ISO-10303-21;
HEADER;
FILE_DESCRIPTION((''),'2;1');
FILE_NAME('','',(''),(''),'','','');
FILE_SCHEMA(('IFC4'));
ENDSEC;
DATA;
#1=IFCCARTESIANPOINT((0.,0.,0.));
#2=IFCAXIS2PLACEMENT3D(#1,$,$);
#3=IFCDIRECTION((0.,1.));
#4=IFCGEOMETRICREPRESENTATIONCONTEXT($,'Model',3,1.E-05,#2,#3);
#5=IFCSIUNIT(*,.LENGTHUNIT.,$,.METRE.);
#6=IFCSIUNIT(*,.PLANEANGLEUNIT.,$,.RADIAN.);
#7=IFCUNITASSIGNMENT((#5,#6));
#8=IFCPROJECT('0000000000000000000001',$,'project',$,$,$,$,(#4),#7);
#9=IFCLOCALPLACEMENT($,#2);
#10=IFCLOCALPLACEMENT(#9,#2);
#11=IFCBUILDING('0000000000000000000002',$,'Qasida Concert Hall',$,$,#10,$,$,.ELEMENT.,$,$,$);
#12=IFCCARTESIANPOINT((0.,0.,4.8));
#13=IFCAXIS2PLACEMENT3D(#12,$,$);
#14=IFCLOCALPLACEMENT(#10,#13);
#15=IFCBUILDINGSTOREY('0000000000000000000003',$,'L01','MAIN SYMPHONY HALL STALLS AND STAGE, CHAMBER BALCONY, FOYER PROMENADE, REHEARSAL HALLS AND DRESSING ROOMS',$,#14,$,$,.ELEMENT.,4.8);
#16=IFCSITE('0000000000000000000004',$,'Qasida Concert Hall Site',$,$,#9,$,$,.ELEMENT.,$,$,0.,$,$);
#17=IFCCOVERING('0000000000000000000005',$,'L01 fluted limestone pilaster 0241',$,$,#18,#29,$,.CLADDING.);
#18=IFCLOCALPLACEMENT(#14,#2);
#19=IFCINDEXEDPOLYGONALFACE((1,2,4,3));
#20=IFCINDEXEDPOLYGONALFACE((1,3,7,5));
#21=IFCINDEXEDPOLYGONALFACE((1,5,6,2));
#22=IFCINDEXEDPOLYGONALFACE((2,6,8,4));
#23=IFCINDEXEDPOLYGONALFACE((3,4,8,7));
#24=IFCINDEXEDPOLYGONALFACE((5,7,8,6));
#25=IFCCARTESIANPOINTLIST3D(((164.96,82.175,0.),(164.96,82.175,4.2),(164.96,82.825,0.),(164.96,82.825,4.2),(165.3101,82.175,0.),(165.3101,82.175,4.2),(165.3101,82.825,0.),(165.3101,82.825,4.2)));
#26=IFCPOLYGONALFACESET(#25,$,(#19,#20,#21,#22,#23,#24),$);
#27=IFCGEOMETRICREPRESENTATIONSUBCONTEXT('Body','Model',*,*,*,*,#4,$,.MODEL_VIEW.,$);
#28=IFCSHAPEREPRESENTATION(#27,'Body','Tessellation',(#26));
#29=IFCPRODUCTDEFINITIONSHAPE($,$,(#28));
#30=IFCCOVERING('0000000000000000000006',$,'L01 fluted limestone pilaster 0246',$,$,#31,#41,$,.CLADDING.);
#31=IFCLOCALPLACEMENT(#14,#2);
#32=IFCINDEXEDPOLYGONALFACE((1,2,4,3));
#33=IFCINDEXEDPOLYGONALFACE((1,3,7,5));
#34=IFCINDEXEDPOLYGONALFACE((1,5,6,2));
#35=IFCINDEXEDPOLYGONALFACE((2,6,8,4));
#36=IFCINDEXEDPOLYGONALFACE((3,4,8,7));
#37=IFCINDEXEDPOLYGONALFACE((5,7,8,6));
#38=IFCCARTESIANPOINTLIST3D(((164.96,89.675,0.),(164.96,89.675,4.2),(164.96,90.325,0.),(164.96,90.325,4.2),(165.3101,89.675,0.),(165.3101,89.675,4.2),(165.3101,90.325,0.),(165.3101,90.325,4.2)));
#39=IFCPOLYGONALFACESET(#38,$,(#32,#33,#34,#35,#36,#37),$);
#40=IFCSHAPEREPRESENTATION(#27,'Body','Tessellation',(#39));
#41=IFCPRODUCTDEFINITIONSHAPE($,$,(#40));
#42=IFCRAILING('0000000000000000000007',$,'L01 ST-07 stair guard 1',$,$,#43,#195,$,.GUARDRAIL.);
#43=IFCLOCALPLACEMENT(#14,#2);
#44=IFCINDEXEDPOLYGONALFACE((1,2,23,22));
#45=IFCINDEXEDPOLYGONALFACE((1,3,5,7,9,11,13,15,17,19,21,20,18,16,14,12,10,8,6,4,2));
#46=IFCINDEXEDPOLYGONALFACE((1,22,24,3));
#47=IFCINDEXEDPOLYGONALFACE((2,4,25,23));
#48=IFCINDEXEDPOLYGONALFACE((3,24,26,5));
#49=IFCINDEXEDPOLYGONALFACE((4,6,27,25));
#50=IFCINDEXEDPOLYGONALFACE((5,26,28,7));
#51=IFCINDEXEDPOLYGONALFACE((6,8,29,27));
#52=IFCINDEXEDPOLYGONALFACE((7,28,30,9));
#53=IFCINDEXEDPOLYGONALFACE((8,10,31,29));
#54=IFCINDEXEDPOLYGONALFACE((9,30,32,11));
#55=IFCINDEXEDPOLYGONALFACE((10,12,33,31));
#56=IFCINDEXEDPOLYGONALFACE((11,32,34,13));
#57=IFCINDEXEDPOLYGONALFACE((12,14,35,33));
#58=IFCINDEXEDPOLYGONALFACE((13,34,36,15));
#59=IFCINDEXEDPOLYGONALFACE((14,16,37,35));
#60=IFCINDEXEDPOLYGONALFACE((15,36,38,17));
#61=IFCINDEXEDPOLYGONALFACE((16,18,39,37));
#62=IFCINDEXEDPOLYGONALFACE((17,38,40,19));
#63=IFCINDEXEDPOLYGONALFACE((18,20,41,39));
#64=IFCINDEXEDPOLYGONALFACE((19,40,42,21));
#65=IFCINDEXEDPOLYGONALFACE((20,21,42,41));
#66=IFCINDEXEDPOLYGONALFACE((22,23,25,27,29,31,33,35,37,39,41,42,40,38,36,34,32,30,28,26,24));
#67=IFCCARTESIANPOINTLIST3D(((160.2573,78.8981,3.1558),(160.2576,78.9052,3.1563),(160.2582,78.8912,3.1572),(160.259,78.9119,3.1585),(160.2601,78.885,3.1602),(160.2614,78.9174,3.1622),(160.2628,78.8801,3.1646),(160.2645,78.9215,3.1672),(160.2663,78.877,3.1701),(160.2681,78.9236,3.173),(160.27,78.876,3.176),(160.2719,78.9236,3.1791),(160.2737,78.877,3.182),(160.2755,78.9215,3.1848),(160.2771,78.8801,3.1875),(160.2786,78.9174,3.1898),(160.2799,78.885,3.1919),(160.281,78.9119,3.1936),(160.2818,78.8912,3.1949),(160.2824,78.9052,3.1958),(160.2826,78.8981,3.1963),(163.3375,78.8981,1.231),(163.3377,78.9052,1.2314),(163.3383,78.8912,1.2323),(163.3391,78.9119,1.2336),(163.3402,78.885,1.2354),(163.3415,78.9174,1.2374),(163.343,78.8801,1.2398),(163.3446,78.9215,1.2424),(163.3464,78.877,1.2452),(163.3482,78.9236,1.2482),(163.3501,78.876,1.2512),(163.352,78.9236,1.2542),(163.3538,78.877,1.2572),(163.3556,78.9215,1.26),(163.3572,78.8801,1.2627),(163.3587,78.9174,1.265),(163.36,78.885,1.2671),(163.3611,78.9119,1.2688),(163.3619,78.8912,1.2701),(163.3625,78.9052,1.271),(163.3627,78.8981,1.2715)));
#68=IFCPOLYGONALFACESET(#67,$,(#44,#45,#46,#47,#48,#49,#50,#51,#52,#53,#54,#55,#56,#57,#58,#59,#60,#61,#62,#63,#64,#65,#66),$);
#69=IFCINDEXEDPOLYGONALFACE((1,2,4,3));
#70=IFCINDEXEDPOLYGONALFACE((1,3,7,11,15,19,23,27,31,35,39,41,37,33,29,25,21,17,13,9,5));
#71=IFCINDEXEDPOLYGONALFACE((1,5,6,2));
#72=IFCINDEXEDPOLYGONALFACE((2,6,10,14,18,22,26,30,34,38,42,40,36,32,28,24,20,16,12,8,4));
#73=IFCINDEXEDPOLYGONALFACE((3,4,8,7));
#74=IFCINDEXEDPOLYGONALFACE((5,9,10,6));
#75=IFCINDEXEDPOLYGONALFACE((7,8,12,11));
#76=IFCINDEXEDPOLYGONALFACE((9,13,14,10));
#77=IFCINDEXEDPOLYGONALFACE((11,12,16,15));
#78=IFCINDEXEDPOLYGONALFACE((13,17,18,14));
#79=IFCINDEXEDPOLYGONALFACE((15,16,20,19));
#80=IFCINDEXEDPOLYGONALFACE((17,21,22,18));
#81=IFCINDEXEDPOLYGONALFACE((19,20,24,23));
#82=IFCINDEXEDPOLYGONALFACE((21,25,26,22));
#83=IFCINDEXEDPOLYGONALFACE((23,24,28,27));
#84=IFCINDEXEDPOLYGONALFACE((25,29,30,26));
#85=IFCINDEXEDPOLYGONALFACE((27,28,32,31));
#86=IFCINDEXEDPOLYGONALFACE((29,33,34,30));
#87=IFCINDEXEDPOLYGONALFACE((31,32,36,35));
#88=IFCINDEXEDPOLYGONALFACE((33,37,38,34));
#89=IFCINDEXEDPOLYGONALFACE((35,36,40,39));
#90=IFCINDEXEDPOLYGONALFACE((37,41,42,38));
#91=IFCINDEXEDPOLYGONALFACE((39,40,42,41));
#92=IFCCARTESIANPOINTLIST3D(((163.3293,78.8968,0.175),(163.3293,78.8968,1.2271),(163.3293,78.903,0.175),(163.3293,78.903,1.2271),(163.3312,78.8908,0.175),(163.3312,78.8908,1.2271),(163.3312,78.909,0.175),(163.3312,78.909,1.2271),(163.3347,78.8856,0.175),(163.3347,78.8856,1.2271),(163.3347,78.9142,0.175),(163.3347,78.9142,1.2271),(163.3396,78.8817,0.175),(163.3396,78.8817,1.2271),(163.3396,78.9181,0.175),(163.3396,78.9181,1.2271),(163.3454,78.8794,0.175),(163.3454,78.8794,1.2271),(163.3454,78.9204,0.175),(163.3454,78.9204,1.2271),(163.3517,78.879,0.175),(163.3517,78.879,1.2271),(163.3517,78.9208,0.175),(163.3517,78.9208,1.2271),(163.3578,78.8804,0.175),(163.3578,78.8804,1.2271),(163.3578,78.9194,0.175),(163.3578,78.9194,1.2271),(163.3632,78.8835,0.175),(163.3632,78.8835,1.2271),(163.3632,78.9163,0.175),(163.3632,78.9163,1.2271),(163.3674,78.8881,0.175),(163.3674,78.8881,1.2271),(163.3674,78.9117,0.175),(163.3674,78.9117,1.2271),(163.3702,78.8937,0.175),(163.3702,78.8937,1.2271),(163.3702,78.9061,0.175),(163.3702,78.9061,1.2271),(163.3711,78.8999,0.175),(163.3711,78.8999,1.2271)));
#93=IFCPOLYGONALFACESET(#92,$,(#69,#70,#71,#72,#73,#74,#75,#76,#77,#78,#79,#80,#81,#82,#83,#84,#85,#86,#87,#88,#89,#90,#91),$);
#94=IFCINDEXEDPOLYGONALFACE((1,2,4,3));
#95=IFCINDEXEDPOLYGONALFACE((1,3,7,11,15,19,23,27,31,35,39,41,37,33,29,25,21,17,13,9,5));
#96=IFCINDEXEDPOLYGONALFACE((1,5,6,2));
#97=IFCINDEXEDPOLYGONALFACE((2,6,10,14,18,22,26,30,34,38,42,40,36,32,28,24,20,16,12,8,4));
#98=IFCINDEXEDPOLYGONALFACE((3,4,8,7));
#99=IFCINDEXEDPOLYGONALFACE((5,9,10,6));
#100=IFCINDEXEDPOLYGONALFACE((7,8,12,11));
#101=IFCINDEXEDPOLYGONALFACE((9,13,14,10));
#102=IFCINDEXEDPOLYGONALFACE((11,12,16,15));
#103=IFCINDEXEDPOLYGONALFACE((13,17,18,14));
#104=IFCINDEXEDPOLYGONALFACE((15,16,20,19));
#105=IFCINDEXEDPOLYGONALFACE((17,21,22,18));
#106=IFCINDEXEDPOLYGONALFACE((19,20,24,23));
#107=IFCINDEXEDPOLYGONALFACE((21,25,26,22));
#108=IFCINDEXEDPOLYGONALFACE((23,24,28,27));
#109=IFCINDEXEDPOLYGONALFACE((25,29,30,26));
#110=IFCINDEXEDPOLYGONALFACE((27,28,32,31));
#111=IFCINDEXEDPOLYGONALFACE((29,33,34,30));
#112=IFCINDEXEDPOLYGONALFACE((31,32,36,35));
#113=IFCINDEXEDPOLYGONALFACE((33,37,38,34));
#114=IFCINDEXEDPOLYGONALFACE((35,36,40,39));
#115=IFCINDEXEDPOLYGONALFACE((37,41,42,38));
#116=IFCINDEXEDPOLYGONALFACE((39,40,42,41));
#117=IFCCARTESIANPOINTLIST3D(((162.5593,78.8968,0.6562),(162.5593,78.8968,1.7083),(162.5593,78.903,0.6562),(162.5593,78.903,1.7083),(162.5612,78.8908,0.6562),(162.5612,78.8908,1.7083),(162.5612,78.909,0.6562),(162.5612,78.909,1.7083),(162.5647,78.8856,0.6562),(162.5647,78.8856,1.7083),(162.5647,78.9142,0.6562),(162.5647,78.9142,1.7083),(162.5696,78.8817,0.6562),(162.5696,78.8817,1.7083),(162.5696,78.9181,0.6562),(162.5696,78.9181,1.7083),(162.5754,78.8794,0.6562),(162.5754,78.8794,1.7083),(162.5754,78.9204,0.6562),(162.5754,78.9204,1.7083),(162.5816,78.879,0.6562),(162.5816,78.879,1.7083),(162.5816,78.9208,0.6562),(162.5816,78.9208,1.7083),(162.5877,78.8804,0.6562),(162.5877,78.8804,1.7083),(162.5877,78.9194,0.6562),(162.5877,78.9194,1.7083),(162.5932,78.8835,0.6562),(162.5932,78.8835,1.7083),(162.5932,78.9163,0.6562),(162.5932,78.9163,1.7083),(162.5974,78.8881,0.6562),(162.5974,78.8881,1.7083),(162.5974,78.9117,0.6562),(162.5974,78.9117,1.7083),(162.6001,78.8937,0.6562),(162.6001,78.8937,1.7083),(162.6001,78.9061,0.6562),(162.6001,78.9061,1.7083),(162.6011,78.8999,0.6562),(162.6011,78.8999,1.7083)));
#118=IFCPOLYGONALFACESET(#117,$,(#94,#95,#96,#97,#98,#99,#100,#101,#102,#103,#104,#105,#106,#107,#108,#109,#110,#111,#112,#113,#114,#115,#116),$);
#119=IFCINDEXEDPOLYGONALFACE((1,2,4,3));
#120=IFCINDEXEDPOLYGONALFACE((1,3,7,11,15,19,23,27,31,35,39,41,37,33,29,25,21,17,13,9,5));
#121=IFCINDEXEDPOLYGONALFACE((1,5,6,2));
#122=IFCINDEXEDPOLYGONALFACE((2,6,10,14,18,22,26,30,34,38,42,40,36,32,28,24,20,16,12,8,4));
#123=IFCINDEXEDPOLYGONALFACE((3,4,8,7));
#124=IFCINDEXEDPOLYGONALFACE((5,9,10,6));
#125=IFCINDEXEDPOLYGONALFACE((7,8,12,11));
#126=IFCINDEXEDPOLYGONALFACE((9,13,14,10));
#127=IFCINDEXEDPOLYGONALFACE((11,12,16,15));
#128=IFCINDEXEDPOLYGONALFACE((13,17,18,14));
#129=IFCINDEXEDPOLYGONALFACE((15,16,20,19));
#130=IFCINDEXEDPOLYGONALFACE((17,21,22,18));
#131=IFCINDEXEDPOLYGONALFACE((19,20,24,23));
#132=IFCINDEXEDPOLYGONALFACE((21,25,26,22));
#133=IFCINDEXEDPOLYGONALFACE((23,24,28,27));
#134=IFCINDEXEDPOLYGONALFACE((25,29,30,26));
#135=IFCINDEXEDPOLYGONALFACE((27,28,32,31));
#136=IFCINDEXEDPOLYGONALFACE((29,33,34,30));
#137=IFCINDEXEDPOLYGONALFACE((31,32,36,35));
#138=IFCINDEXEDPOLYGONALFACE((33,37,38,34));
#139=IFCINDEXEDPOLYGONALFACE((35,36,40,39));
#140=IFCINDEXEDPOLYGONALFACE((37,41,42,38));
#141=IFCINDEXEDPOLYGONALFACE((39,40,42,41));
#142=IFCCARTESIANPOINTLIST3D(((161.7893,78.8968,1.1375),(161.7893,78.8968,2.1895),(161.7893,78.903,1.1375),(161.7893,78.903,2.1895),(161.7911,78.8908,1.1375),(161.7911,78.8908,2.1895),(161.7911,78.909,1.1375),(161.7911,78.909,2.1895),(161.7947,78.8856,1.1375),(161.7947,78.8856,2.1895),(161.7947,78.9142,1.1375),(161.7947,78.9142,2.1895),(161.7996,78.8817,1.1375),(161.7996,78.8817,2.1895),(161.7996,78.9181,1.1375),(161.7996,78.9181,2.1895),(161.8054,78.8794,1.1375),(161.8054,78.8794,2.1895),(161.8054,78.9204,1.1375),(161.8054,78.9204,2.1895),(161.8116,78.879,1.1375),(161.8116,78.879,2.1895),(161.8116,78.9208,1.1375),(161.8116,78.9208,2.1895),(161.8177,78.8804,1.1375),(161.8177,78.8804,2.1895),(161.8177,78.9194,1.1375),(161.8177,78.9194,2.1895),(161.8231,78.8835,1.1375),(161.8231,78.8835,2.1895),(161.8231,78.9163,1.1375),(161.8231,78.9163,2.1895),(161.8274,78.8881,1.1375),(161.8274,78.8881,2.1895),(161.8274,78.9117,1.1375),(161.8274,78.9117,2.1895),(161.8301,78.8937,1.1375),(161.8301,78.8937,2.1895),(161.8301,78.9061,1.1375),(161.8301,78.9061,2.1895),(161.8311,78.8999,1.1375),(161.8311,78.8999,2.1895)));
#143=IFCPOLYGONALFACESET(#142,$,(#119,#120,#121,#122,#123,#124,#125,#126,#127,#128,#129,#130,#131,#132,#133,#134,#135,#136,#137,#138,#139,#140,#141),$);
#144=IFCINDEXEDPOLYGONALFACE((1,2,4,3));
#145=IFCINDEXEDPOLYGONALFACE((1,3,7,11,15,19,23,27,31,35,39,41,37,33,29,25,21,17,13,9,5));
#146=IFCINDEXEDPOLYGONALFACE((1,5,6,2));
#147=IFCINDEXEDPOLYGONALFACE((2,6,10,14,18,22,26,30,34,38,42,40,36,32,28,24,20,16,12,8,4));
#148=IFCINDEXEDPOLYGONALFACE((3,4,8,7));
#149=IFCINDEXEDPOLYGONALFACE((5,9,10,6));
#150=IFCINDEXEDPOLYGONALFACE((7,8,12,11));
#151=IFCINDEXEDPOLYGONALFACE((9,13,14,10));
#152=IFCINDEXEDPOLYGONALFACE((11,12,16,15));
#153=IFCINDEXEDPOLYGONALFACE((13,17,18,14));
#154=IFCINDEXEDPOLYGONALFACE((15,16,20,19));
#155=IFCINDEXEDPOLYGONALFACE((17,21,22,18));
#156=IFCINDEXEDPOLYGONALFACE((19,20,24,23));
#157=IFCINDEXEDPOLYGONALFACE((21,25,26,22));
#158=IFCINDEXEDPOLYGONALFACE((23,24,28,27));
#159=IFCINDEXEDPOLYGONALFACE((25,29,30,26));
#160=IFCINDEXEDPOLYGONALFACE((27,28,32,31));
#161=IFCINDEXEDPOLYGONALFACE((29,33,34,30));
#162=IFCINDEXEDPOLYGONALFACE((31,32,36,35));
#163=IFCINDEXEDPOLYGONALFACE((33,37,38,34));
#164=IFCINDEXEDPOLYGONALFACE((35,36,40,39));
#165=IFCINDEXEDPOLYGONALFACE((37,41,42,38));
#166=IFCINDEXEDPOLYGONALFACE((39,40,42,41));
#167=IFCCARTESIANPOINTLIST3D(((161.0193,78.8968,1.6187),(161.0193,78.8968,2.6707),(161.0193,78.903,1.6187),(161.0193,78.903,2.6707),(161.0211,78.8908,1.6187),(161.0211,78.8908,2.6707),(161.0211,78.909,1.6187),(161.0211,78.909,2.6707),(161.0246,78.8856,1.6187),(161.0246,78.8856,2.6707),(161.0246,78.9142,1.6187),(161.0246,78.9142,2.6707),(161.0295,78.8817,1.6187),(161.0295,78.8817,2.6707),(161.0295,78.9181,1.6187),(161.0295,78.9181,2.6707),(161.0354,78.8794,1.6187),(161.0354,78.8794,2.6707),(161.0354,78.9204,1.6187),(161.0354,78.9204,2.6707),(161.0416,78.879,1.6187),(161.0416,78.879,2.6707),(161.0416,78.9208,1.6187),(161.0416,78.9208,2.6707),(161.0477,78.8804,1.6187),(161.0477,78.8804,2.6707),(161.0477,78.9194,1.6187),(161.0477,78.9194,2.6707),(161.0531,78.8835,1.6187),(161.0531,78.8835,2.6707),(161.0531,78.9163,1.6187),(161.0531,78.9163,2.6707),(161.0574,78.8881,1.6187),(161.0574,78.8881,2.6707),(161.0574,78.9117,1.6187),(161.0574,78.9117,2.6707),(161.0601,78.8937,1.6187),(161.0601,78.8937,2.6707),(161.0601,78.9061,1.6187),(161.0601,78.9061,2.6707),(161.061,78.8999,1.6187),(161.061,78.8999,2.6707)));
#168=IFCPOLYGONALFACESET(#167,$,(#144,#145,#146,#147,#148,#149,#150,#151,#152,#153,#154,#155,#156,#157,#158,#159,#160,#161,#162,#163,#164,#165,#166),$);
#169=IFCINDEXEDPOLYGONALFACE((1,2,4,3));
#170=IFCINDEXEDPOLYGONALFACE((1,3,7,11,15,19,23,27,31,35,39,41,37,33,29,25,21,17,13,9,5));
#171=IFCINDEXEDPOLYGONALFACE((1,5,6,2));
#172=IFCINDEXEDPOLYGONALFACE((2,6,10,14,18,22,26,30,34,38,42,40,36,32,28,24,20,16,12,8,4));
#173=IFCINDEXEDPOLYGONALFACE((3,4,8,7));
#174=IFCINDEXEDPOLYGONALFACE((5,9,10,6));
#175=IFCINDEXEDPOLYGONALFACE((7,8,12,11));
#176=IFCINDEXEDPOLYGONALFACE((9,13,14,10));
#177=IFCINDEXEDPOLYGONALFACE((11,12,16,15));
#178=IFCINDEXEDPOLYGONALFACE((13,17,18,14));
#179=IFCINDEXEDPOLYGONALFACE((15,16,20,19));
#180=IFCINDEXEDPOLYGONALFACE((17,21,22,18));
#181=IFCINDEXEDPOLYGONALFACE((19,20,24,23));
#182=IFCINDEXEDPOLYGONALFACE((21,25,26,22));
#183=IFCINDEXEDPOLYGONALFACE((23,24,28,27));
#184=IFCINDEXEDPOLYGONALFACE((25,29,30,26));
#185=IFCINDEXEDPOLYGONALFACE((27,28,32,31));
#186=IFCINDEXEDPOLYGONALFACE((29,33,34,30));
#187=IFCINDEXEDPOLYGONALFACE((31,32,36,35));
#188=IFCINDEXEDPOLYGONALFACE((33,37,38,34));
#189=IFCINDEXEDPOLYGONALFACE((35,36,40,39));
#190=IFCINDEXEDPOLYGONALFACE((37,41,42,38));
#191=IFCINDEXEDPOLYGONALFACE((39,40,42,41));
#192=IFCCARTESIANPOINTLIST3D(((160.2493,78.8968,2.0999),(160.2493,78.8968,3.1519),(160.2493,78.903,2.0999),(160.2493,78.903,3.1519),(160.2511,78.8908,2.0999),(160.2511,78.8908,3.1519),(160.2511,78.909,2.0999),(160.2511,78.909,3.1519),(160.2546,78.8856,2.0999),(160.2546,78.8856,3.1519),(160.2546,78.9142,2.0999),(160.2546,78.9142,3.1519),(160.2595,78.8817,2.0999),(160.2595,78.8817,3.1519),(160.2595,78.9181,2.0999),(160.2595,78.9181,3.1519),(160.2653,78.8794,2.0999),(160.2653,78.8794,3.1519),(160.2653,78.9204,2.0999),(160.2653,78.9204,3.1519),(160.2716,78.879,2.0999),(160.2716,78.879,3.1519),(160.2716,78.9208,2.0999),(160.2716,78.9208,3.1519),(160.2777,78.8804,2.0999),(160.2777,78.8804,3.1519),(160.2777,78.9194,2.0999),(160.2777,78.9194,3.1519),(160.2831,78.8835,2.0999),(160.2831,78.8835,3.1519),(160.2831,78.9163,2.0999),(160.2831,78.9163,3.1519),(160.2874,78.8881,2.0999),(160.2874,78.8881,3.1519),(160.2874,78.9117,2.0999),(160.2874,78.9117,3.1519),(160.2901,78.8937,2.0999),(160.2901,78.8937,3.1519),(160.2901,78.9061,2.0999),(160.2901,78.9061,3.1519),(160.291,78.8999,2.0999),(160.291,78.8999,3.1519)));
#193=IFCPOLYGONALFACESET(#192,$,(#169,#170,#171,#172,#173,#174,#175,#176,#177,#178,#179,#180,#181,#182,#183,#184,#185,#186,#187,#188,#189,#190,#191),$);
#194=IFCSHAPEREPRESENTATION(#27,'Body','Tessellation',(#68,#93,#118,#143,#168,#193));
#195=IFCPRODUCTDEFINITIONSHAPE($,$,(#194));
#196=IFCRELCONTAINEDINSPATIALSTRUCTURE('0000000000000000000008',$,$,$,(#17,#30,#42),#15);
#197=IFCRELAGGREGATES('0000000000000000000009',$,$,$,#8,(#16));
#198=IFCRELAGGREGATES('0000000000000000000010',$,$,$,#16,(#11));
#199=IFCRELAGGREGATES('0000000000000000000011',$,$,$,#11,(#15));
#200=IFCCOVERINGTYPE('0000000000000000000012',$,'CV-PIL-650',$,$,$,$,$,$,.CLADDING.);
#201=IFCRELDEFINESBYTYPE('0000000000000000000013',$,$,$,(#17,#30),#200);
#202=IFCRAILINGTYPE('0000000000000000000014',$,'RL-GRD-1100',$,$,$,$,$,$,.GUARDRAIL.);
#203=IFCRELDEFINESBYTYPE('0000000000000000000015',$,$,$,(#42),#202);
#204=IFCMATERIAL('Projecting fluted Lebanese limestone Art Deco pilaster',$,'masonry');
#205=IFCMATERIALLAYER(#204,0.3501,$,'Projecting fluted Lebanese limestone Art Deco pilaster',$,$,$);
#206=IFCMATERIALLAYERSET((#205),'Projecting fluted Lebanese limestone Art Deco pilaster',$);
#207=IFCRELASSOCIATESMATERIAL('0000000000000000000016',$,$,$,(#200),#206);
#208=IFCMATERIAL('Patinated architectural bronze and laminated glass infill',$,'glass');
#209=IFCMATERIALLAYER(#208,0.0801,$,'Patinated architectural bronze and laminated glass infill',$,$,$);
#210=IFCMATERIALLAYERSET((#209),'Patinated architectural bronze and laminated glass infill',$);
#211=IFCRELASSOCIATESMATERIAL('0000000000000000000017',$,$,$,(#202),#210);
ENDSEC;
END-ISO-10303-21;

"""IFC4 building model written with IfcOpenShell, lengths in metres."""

from ifc_helpers import new_model, si_unit, direction, frame, origin, origin_2d, place, context, subcontext, project, spatial, rectangle, circle, extrude, material, layer, layer_set, type_object, element, save


model = new_model("IFC4")

# Units and contexts
model_context = context("Model", 3, precision=1e-05, world=origin(), true_north=direction((0.0, 1.0)))
body_context = subcontext(model_context, "Body", "Model", "MODEL_VIEW")
ifc_project = project(units=[si_unit("LENGTHUNIT", "METRE"), si_unit("PLANEANGLEUNIT", "RADIAN")], contexts=[model_context])

# Site, building, storey
site_placement = place(None, origin())
site = spatial("IfcSite", under=ifc_project, at=site_placement, Name="Qasida Concert Hall Site", CompositionType="ELEMENT", RefElevation=0.0)
building_placement = place(site_placement, origin())
building = spatial("IfcBuilding", under=site, at=building_placement, Name="Qasida Concert Hall", CompositionType="ELEMENT")
storey_placement = place(building_placement, frame((0.0, 0.0, 4.8)))
storey = spatial("IfcBuildingStorey", under=building, at=storey_placement, Name="L01", Description="MAIN SYMPHONY HALL STALLS AND STAGE, CHAMBER BALCONY, FOYER PROMENADE, REHEARSAL HALLS AND DRESSING ROOMS", CompositionType="ELEMENT", Elevation=4.8)

# Coverings
ifc_material_1 = material(Name="Projecting fluted Lebanese limestone Art Deco pilaster", Category="masonry")
ifc_layer_1 = layer(ifc_material_1, 0.3501, Name="Projecting fluted Lebanese limestone Art Deco pilaster")
ifc_layer_set_1 = layer_set([ifc_layer_1], Name="Projecting fluted Lebanese limestone Art Deco pilaster")
covering_type = type_object("IfcCoveringType", Name="CV-PIL-650", PredefinedType="CLADDING", material=ifc_layer_set_1)
for number, where, z_axis, x_axis, name in (
    (1, (165.135, 82.5, 0.0), (0.0, 0.0, 1.0), (1.0, 0.0, 0.0), "L01 fluted limestone pilaster 0241"),
    (2, (165.135, 90.0, 0.0), (0.0, 0.0, 1.0), (1.0, 0.0, 0.0), "L01 fluted limestone pilaster 0246"),
):
    element("IfcCovering", number, at=place(storey_placement, frame(where, z_axis=z_axis, x_axis=x_axis)), inside=storey, type_object=covering_type, Name=name, PredefinedType="CLADDING", context=body_context, shape_type="SweptSolid", body=[
        extrude(rectangle(XDim=0.3501, YDim=0.6499, at=origin_2d()), origin(), (0.0, 0.0, 1.0), 4.2),
    ])

# Railing
ifc_material_2 = material(Name="Patinated architectural bronze and laminated glass infill", Category="glass")
ifc_layer_2 = layer(ifc_material_2, 0.0801, Name="Patinated architectural bronze and laminated glass infill")
ifc_layer_set_2 = layer_set([ifc_layer_2], Name="Patinated architectural bronze and laminated glass infill")
railing_type_1 = type_object("IfcRailingType", Name="RL-GRD-1100", PredefinedType="GUARDRAIL", material=ifc_layer_set_2)
railing_1_placement = place(storey_placement, frame((163.3501, 78.8999, 0.175)))
element("IfcRailing", 3, at=railing_1_placement, inside=storey, type_object=railing_type_1, Name="L01 ST-07 stair guard 1", PredefinedType="GUARDRAIL", context=body_context, shape_type="SweptSolid", body=[
    extrude(circle(Radius=0.0239, at=origin_2d()), frame((0.0, 0.0, 1.0762), z_axis=(-0.848029, 0.0, 0.529951), x_axis=(0.0, -1.0, 0.0)), (0.0, 0.0, 1.0), 3.6321),
    extrude(circle(Radius=0.021, at=origin_2d()), origin(), (0.0, 0.0, 1.0), 1.052),
    extrude(circle(Radius=0.021, at=origin_2d()), frame((-0.77, 0.0, 0.4812)), (0.0, 0.0, 1.0), 1.052),
    extrude(circle(Radius=0.021, at=origin_2d()), frame((-1.54, 0.0, 0.9624)), (0.0, 0.0, 1.0), 1.052),
    extrude(circle(Radius=0.021, at=origin_2d()), frame((-2.3101, 0.0, 1.4436)), (0.0, 0.0, 1.0), 1.052),
    extrude(circle(Radius=0.021, at=origin_2d()), frame((-3.0801, 0.0, 1.9248)), (0.0, 0.0, 1.0), 1.052),
])

save(model, "model.ifc")
